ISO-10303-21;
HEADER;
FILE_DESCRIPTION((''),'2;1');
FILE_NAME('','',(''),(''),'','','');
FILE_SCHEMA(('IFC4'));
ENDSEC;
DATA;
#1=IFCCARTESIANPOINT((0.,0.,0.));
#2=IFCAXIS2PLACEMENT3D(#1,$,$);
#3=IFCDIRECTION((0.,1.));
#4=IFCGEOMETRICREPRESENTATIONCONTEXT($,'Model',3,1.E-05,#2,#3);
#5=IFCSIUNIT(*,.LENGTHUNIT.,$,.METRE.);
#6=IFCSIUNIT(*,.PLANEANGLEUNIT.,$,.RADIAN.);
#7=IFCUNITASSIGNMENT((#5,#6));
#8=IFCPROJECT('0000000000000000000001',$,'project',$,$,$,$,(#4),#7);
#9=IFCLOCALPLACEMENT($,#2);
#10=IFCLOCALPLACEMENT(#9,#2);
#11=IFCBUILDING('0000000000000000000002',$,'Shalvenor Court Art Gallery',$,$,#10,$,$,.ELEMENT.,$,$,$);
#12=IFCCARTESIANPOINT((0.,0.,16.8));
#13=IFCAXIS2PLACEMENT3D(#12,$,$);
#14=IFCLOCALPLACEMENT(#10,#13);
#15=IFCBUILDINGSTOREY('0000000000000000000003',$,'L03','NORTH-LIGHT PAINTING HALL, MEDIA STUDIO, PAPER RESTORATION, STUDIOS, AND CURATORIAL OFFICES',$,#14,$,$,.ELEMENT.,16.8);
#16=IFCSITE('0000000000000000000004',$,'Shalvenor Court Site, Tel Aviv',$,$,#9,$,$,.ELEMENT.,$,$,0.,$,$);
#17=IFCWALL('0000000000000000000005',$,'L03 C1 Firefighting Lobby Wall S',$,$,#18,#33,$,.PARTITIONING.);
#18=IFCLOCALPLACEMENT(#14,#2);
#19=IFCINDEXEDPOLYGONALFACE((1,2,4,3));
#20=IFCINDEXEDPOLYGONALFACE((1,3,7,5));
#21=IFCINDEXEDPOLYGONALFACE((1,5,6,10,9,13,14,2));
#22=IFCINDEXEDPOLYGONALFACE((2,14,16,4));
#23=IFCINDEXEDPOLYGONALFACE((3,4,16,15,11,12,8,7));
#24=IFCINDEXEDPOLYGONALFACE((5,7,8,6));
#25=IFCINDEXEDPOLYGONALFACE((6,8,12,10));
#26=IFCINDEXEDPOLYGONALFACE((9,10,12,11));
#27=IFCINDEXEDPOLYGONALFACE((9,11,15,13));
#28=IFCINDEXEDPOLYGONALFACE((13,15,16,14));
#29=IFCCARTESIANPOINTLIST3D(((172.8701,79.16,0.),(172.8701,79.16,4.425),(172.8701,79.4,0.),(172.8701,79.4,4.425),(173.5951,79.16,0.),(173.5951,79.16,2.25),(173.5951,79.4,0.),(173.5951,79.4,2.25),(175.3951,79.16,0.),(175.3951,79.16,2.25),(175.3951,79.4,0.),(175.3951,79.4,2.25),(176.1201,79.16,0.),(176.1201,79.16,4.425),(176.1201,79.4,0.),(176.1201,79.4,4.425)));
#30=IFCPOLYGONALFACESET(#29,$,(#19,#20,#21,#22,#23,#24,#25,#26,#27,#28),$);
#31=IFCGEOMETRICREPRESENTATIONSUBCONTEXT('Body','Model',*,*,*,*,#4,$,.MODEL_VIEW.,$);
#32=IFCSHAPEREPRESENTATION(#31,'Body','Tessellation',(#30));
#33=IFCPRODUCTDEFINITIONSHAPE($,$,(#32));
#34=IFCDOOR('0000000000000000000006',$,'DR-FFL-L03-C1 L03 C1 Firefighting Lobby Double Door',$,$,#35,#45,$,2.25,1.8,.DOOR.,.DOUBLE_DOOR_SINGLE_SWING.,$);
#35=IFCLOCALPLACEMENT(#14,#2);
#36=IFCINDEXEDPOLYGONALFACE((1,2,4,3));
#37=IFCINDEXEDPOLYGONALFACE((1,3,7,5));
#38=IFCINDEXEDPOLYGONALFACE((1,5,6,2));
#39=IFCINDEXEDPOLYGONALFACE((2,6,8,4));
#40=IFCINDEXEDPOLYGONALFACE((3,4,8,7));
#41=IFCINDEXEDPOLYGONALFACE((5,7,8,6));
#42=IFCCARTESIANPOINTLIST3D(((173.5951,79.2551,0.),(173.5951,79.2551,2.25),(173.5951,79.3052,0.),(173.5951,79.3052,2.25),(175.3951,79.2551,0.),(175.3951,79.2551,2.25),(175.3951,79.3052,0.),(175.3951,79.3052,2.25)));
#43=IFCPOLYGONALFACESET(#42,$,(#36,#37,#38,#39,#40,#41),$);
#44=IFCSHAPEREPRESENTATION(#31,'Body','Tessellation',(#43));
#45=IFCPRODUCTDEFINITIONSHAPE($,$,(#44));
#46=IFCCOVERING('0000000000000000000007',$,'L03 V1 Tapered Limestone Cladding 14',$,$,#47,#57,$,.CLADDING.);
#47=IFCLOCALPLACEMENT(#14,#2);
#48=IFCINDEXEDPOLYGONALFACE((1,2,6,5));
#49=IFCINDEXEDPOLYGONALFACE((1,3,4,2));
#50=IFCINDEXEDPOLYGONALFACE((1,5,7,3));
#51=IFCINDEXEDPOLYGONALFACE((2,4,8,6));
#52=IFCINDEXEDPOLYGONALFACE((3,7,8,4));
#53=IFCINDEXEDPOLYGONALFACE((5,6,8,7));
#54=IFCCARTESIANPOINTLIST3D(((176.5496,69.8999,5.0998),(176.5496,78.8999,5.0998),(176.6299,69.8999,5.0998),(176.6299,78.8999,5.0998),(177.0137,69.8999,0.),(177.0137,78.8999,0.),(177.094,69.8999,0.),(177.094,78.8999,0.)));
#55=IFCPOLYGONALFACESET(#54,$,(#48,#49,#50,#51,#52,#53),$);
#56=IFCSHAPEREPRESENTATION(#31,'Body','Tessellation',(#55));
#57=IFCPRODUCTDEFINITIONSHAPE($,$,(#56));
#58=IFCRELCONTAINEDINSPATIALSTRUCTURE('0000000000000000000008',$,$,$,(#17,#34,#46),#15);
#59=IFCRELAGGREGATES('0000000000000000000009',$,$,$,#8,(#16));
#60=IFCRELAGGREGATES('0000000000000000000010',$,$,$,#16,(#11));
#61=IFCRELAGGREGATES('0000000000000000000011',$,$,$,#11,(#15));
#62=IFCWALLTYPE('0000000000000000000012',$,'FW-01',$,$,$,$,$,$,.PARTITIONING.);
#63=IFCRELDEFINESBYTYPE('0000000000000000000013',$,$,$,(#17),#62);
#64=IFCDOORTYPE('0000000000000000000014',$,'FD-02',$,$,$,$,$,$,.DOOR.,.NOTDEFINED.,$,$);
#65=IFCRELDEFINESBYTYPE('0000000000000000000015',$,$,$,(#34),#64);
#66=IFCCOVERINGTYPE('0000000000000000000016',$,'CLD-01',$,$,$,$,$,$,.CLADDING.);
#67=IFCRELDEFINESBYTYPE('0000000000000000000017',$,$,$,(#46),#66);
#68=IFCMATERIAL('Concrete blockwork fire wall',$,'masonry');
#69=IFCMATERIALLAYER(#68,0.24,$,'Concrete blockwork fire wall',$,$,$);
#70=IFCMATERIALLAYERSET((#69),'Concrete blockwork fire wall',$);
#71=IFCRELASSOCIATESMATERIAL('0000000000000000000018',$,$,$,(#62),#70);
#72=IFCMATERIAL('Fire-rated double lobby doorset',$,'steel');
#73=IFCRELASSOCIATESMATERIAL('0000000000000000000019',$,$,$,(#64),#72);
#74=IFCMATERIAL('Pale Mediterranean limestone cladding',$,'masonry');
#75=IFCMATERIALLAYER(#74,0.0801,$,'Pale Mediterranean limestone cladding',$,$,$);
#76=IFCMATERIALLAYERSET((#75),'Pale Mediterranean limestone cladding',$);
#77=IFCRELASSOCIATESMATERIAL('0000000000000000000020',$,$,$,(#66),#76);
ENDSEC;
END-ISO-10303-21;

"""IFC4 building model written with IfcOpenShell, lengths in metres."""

from ifc_helpers import new_model, si_unit, direction, frame, frame_2d, origin, place, context, subcontext, project, spatial, polyline, rectangle, outline, extrude, material, layer, layer_set, type_object, element, fill, save


model = new_model("IFC4")

# Units and contexts
model_context = context("Model", 3, precision=1e-05, world=origin(), true_north=direction((0.0, 1.0)))
body_context = subcontext(model_context, "Body", "Model", "MODEL_VIEW")
ifc_project = project(units=[si_unit("LENGTHUNIT", "METRE"), si_unit("PLANEANGLEUNIT", "RADIAN")], contexts=[model_context])

# Site, building, storey
site_placement = place(None, origin())
site = spatial("IfcSite", under=ifc_project, at=site_placement, Name="Shalvenor Court Site, Tel Aviv", CompositionType="ELEMENT", RefElevation=0.0)
building_placement = place(site_placement, origin())
building = spatial("IfcBuilding", under=site, at=building_placement, Name="Shalvenor Court Art Gallery", CompositionType="ELEMENT")
storey_placement = place(building_placement, frame((0.0, 0.0, 16.8)))
storey = spatial("IfcBuildingStorey", under=building, at=storey_placement, Name="L03", Description="NORTH-LIGHT PAINTING HALL, MEDIA STUDIO, PAPER RESTORATION, STUDIOS, AND CURATORIAL OFFICES", CompositionType="ELEMENT", Elevation=16.8)

# Wall, opening, door
ifc_material_1 = material(Name="Concrete blockwork fire wall", Category="masonry")
ifc_layer_1 = layer(ifc_material_1, 0.24, Name="Concrete blockwork fire wall")
ifc_layer_set_1 = layer_set([ifc_layer_1], Name="Concrete blockwork fire wall")
wall_type_1 = type_object("IfcWallType", Name="FW-01", PredefinedType="PARTITIONING", material=ifc_layer_set_1)
wall_1_placement = place(storey_placement, frame((176.1201, 79.28, 0.0), z_axis=(0.0, 0.0, 1.0), x_axis=(-1.0, 0.0, 0.0)))
wall_1 = element("IfcWall", 1, at=wall_1_placement, inside=storey, type_object=wall_type_1, Name="L03 C1 Firefighting Lobby Wall S", PredefinedType="PARTITIONING", context=body_context, shape_type="SweptSolid", body=[
    extrude(rectangle(XDim=3.25, YDim=0.24, at=frame_2d((1.625, 0.0))), origin(), (0.0, 0.0, 1.0), 4.425),
])
opening_1_placement = place(wall_1_placement, frame((0.7251, 0.0, 0.0)))
opening_1 = element("IfcOpeningElement", 2, at=opening_1_placement, cuts=wall_1, PredefinedType="OPENING", context=body_context, shape_type="SweptSolid", body=[
    extrude(rectangle(XDim=1.8, YDim=2.25, at=frame_2d((0.8999, 1.125))), frame((0.0, 0.1299, 0.0), z_axis=(0.0, -1.0, 0.0), x_axis=(1.0, 0.0, 0.0)), (0.0, 0.0, 1.0), 0.26),
])
ifc_material_2 = material(Name="Fire-rated double lobby doorset", Category="steel")
door_type_1 = type_object("IfcDoorType", Name="FD-02", OperationType="NOTDEFINED", PredefinedType="DOOR", material=ifc_material_2)
door_1_placement = place(opening_1_placement, origin())
door_1 = element("IfcDoor", 3, at=door_1_placement, inside=storey, type_object=door_type_1, Name="DR-FFL-L03-C1 L03 C1 Firefighting Lobby Double Door", OperationType="DOUBLE_DOOR_SINGLE_SWING", OverallHeight=2.25, OverallWidth=1.8, PredefinedType="DOOR", context=body_context, shape_type="SweptSolid", body=[
    extrude(rectangle(XDim=1.8, YDim=2.25, at=frame_2d((0.8999, 1.125))), frame((0.0, 0.0249, 0.0), z_axis=(0.0, -1.0, 0.0), x_axis=(1.0, 0.0, 0.0)), (0.0, 0.0, 1.0), 0.05),
])
fill(opening_1, door_1)

# Covering
ifc_material_3 = material(Name="Pale Mediterranean limestone cladding", Category="masonry")
ifc_layer_2 = layer(ifc_material_3, 0.0801, Name="Pale Mediterranean limestone cladding")
ifc_layer_set_2 = layer_set([ifc_layer_2], Name="Pale Mediterranean limestone cladding")
covering_type = type_object("IfcCoveringType", Name="CLD-01", PredefinedType="CLADDING", material=ifc_layer_set_2)
covering_placement = place(storey_placement, frame((177.094, 69.8999, 0.0), z_axis=(0.0, 0.0, 1.0), x_axis=(0.0, 1.0, 0.0)))
element("IfcCovering", 4, at=covering_placement, inside=storey, type_object=covering_type, Name="L03 V1 Tapered Limestone Cladding 14", PredefinedType="CLADDING", context=body_context, shape_type="SweptSolid", body=[
    extrude(outline(polyline([(0.0, 0.0), (9.0, 0.0), (9.0, 5.1208), (0.0, 5.1208), (0.0, 0.0)])), frame((0.0, 0.0, 0.0), z_axis=(0.0, -0.995884, 0.090633), x_axis=(1.0, 0.0, 0.0)), (0.0, 0.090633, -0.995884), 0.0803),
])

save(model, "model.ifc")
